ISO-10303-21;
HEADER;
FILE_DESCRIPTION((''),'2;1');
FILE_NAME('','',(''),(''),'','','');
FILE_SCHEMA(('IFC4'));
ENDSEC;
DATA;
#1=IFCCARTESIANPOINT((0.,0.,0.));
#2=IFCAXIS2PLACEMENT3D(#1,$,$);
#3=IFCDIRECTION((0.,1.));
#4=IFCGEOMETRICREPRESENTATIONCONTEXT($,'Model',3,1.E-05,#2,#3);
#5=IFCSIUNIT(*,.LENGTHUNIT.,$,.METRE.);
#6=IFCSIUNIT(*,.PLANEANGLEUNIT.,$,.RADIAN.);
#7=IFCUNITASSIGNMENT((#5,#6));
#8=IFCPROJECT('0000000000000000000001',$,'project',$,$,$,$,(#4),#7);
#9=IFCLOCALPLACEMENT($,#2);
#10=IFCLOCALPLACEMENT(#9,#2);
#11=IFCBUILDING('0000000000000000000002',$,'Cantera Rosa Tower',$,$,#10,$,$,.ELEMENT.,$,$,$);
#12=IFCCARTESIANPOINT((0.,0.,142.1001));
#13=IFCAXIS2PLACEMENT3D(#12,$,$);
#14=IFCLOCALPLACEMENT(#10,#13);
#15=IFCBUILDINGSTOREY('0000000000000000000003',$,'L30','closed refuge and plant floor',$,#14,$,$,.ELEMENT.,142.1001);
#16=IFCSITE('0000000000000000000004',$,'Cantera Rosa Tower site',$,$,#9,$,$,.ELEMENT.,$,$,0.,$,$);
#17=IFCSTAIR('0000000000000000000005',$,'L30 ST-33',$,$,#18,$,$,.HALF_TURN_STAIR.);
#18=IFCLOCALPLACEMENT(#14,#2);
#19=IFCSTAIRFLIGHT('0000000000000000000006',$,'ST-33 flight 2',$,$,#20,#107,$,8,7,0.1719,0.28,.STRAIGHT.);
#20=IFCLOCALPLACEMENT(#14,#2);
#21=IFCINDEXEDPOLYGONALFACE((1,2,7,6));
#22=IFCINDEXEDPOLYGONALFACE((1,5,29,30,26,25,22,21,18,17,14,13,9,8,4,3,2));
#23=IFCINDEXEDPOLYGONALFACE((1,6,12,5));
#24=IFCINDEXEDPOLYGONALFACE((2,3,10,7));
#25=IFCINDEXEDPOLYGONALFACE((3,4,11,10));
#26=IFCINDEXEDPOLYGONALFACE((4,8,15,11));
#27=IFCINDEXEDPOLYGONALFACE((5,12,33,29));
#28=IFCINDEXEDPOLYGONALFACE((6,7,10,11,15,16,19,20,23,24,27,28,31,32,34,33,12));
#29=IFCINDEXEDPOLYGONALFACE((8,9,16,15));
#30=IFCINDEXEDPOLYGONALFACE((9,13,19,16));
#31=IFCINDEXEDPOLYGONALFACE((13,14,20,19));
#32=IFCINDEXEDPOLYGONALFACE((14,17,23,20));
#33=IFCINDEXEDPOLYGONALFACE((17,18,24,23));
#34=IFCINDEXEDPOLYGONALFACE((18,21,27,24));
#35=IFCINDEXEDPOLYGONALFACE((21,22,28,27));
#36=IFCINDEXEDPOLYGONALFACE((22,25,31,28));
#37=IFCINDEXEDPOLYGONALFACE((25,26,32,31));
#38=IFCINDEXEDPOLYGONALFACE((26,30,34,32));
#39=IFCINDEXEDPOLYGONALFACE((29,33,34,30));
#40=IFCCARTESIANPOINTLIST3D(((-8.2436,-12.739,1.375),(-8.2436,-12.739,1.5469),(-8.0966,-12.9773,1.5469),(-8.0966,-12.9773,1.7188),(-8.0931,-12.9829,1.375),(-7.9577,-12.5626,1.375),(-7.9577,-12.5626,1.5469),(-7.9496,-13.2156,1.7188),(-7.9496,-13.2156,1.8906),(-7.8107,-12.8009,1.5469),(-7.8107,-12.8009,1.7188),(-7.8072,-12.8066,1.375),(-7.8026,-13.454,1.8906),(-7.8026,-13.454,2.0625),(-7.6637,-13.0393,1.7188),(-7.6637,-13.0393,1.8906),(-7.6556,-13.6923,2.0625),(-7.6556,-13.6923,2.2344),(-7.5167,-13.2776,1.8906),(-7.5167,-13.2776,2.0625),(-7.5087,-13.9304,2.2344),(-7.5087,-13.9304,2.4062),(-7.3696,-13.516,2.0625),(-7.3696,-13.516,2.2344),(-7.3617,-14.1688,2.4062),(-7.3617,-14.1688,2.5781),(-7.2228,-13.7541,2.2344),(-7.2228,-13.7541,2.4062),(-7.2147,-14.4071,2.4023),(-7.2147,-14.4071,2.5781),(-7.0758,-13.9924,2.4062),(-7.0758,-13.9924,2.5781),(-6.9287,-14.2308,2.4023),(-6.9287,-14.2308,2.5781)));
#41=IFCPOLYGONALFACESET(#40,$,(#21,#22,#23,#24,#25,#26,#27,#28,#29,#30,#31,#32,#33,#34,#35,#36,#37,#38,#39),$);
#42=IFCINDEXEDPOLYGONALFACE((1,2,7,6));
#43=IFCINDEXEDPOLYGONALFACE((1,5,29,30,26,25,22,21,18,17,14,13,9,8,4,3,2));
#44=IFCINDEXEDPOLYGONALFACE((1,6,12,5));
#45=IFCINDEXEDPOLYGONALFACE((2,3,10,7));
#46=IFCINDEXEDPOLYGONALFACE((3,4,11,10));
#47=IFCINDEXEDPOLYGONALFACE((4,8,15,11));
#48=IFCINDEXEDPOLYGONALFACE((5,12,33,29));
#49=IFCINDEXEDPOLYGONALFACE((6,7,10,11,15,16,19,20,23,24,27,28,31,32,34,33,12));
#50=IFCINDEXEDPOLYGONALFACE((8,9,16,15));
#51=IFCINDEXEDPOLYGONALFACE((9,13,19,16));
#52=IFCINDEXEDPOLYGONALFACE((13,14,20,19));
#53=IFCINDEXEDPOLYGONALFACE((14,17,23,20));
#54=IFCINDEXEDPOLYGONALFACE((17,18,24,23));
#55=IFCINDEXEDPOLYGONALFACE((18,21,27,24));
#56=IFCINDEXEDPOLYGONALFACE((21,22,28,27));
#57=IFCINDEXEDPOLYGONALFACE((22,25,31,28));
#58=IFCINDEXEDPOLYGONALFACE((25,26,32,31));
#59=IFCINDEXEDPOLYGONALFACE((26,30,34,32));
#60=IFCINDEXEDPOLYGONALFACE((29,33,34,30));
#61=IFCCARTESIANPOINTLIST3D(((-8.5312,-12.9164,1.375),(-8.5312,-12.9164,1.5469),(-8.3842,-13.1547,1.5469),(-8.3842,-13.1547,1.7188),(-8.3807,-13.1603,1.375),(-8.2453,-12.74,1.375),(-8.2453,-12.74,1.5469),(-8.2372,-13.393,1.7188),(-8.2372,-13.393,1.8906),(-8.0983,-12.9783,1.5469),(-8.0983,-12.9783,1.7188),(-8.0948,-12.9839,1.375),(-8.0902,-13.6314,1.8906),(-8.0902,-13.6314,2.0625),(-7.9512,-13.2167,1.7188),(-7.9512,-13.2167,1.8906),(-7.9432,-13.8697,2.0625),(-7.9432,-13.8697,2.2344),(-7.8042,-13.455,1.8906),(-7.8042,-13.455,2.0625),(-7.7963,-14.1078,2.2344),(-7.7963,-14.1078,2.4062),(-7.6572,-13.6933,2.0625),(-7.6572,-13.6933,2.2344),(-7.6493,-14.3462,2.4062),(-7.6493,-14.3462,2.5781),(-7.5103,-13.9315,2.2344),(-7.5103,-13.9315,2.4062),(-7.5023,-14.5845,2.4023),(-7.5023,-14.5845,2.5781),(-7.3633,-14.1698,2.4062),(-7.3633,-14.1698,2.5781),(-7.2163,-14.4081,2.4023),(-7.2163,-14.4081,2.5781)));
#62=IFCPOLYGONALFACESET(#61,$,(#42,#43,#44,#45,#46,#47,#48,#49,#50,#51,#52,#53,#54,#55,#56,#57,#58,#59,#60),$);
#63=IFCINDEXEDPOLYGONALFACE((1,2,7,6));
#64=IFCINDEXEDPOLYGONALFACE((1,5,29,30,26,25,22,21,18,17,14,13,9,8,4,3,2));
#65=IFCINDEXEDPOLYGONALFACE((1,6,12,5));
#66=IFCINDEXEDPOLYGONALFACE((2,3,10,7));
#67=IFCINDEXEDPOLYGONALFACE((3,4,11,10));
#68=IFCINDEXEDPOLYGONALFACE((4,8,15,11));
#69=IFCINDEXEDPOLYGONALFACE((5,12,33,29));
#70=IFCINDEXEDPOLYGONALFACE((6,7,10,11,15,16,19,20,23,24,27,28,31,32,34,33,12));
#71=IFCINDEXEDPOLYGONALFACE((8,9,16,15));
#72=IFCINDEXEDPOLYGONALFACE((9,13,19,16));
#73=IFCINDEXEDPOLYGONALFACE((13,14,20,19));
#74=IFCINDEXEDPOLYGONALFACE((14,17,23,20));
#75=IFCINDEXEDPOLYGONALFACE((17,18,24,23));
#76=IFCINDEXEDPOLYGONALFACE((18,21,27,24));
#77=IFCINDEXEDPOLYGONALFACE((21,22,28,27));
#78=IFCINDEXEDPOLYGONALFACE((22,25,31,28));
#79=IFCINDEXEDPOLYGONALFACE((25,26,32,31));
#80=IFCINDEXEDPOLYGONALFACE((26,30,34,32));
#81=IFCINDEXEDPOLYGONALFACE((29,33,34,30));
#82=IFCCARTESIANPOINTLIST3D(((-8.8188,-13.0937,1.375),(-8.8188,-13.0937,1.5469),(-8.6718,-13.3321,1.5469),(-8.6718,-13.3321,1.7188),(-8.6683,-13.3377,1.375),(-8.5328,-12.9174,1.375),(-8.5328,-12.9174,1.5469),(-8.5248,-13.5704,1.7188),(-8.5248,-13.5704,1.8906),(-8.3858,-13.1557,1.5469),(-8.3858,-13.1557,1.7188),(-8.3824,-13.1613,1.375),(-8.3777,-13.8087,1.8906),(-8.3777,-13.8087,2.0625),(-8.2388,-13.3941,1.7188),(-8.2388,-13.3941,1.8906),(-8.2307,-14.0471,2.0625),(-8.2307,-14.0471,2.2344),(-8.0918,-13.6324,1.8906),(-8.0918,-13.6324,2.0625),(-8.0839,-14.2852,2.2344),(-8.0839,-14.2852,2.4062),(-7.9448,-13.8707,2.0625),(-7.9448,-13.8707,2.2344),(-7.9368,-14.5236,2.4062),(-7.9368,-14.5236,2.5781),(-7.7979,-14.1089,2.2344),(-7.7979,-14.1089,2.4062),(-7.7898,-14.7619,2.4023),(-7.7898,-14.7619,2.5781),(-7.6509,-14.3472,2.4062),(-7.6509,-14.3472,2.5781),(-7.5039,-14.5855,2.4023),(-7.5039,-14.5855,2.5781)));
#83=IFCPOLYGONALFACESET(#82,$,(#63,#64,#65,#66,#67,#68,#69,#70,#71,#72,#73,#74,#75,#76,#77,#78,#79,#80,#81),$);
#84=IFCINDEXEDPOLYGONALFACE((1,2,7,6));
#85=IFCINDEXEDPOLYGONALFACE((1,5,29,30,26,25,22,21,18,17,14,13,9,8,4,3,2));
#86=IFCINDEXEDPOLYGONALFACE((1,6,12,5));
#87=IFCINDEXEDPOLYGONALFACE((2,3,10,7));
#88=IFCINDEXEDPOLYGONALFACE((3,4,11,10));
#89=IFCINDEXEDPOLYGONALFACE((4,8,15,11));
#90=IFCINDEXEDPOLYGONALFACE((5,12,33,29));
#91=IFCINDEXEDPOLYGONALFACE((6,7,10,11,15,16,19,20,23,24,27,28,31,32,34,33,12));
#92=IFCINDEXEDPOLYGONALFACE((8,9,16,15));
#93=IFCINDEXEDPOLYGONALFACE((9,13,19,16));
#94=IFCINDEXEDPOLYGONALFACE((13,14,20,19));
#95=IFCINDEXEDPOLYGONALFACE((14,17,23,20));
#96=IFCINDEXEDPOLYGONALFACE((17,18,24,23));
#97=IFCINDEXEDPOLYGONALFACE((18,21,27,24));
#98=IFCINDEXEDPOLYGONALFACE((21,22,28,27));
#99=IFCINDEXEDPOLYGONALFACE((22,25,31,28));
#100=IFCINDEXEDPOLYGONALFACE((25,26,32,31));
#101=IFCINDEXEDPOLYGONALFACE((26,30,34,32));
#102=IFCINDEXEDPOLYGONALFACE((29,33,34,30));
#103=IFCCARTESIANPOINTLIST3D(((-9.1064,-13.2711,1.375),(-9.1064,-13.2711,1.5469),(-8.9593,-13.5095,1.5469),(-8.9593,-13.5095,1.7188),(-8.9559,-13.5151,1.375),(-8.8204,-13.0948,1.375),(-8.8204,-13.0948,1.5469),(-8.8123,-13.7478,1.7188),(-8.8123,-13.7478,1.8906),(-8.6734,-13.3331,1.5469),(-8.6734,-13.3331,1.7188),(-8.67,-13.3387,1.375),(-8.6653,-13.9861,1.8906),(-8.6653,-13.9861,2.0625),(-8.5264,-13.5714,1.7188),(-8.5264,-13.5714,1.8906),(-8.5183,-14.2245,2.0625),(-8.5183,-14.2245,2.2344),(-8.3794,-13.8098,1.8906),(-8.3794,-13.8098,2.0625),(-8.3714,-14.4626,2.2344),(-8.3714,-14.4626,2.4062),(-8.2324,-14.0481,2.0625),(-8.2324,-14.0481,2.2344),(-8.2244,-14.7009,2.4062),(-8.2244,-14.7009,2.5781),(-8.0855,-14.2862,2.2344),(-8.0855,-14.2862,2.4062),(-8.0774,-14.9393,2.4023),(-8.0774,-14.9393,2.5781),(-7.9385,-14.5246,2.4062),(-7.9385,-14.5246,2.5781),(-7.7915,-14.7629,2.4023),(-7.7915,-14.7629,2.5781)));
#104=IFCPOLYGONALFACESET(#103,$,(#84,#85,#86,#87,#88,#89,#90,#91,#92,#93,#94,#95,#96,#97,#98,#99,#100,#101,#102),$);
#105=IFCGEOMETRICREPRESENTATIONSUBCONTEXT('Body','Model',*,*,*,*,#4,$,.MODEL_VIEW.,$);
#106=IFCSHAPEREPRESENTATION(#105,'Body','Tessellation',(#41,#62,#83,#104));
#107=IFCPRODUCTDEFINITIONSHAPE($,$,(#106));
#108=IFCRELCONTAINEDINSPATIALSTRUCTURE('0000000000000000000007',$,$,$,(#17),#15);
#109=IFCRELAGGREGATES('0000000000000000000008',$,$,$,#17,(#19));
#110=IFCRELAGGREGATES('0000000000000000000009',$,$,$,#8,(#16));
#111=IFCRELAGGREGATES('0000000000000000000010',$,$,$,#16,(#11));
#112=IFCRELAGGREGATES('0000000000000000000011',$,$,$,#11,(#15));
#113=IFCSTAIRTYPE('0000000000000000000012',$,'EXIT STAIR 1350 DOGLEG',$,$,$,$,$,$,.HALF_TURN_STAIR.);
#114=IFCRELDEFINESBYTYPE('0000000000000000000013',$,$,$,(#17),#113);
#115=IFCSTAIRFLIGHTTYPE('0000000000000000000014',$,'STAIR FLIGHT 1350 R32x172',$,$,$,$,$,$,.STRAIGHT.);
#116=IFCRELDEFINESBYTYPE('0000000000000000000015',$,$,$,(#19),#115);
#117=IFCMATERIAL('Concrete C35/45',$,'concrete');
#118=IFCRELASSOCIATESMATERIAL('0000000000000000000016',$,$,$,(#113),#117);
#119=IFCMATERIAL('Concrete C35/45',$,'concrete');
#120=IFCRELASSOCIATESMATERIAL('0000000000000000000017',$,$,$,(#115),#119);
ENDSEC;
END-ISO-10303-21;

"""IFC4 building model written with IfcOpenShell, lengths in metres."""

from ifc_helpers import new_model, si_unit, direction, frame, origin, place, context, subcontext, project, spatial, polyline, outline, extrude, material, type_object, element, aggregate, save


model = new_model("IFC4")

# Units and contexts
model_context = context("Model", 3, precision=1e-05, world=origin(), true_north=direction((0.0, 1.0)))
body_context = subcontext(model_context, "Body", "Model", "MODEL_VIEW")
ifc_project = project(units=[si_unit("LENGTHUNIT", "METRE"), si_unit("PLANEANGLEUNIT", "RADIAN")], contexts=[model_context])

# Site, building, storey
site_placement = place(None, origin())
site = spatial("IfcSite", under=ifc_project, at=site_placement, Name="Cantera Rosa Tower site", CompositionType="ELEMENT", RefElevation=0.0)
building_placement = place(site_placement, origin())
building = spatial("IfcBuilding", under=site, at=building_placement, Name="Cantera Rosa Tower", CompositionType="ELEMENT")
storey_placement = place(building_placement, frame((0.0, 0.0, 142.1001)))
storey = spatial("IfcBuildingStorey", under=building, at=storey_placement, Name="L30", Description="closed refuge and plant floor", CompositionType="ELEMENT", Elevation=142.1001)

# Stair, stair flight
ifc_material_1 = material(Name="Concrete C35/45", Category="concrete")
stair_type = type_object("IfcStairType", Name="EXIT STAIR 1350 DOGLEG", PredefinedType="HALF_TURN_STAIR", material=ifc_material_1)
stair_placement = place(storey_placement, origin())
stair = element("IfcStair", 1, at=stair_placement, inside=storey, type_object=stair_type, Name="L30 ST-33", PredefinedType="HALF_TURN_STAIR")
ifc_material_2 = material(Name="Concrete C35/45", Category="concrete")
stair_flight_type = type_object("IfcStairFlightType", Name="STAIR FLIGHT 1350 R32x172", PredefinedType="STRAIGHT", material=ifc_material_2)
stair_flight_1_placement = place(storey_placement, frame((-8.5322, -12.917, 1.375), z_axis=(0.0, 0.0, 1.0), x_axis=(0.524977, -0.851117, 0.0)))
stair_flight_1 = element("IfcStairFlight", 2, at=stair_flight_1_placement, type_object=stair_flight_type, Name="ST-33 flight 2", NumberOfRisers=8, NumberOfTreads=7, PredefinedType="STRAIGHT", RiserHeight=0.1719, TreadLength=0.28, context=body_context, shape_type="SweptSolid", body=[
    extrude(outline(polyline([(0.0, 0.0), (0.0, 0.1719), (0.28, 0.1719), (0.28, 0.3438), (0.5601, 0.3438), (0.5601, 0.5156), (0.8401, 0.5156), (0.8401, 0.6875), (1.1201, 0.6875), (1.1201, 0.8594), (1.3999, 0.8594), (1.3999, 1.0312), (1.6799, 1.0312), (1.6799, 1.2031), (1.96, 1.2031), (1.96, 1.375), (1.96, 1.0273), (0.2866, 0.0), (0.0, 0.0)])), frame((0.0, 0.675, 0.0), z_axis=(0.0, -1.0, 0.0), x_axis=(1.0, 0.0, 0.0)), (0.0, 0.0, 1.0), 0.3359),
    extrude(outline(polyline([(0.0, 0.0), (0.0, 0.1719), (0.28, 0.1719), (0.28, 0.3438), (0.5601, 0.3438), (0.5601, 0.5156), (0.8401, 0.5156), (0.8401, 0.6875), (1.1201, 0.6875), (1.1201, 0.8594), (1.3999, 0.8594), (1.3999, 1.0312), (1.6799, 1.0312), (1.6799, 1.2031), (1.96, 1.2031), (1.96, 1.375), (1.96, 1.0273), (0.2866, 0.0), (0.0, 0.0)])), frame((0.0, 0.3372, 0.0), z_axis=(0.0, -1.0, 0.0), x_axis=(1.0, 0.0, 0.0)), (0.0, 0.0, 1.0), 0.3359),
    extrude(outline(polyline([(0.0, 0.0), (0.0, 0.1719), (0.28, 0.1719), (0.28, 0.3438), (0.5601, 0.3438), (0.5601, 0.5156), (0.8401, 0.5156), (0.8401, 0.6875), (1.1201, 0.6875), (1.1201, 0.8594), (1.3999, 0.8594), (1.3999, 1.0312), (1.6799, 1.0312), (1.6799, 1.2031), (1.96, 1.2031), (1.96, 1.375), (1.96, 1.0273), (0.2866, 0.0), (0.0, 0.0)])), frame((0.0, -0.0007, 0.0), z_axis=(0.0, -1.0, 0.0), x_axis=(1.0, 0.0, 0.0)), (0.0, 0.0, 1.0), 0.3359),
    extrude(outline(polyline([(0.0, 0.0), (0.0, 0.1719), (0.28, 0.1719), (0.28, 0.3438), (0.5601, 0.3438), (0.5601, 0.5156), (0.8401, 0.5156), (0.8401, 0.6875), (1.1201, 0.6875), (1.1201, 0.8594), (1.3999, 0.8594), (1.3999, 1.0312), (1.6799, 1.0312), (1.6799, 1.2031), (1.96, 1.2031), (1.96, 1.375), (1.96, 1.0273), (0.2866, 0.0), (0.0, 0.0)])), frame((0.0, -0.3386, 0.0), z_axis=(0.0, -1.0, 0.0), x_axis=(1.0, 0.0, 0.0)), (0.0, 0.0, 1.0), 0.3359),
])
aggregate(stair, [stair_flight_1])

save(model, "model.ifc")
